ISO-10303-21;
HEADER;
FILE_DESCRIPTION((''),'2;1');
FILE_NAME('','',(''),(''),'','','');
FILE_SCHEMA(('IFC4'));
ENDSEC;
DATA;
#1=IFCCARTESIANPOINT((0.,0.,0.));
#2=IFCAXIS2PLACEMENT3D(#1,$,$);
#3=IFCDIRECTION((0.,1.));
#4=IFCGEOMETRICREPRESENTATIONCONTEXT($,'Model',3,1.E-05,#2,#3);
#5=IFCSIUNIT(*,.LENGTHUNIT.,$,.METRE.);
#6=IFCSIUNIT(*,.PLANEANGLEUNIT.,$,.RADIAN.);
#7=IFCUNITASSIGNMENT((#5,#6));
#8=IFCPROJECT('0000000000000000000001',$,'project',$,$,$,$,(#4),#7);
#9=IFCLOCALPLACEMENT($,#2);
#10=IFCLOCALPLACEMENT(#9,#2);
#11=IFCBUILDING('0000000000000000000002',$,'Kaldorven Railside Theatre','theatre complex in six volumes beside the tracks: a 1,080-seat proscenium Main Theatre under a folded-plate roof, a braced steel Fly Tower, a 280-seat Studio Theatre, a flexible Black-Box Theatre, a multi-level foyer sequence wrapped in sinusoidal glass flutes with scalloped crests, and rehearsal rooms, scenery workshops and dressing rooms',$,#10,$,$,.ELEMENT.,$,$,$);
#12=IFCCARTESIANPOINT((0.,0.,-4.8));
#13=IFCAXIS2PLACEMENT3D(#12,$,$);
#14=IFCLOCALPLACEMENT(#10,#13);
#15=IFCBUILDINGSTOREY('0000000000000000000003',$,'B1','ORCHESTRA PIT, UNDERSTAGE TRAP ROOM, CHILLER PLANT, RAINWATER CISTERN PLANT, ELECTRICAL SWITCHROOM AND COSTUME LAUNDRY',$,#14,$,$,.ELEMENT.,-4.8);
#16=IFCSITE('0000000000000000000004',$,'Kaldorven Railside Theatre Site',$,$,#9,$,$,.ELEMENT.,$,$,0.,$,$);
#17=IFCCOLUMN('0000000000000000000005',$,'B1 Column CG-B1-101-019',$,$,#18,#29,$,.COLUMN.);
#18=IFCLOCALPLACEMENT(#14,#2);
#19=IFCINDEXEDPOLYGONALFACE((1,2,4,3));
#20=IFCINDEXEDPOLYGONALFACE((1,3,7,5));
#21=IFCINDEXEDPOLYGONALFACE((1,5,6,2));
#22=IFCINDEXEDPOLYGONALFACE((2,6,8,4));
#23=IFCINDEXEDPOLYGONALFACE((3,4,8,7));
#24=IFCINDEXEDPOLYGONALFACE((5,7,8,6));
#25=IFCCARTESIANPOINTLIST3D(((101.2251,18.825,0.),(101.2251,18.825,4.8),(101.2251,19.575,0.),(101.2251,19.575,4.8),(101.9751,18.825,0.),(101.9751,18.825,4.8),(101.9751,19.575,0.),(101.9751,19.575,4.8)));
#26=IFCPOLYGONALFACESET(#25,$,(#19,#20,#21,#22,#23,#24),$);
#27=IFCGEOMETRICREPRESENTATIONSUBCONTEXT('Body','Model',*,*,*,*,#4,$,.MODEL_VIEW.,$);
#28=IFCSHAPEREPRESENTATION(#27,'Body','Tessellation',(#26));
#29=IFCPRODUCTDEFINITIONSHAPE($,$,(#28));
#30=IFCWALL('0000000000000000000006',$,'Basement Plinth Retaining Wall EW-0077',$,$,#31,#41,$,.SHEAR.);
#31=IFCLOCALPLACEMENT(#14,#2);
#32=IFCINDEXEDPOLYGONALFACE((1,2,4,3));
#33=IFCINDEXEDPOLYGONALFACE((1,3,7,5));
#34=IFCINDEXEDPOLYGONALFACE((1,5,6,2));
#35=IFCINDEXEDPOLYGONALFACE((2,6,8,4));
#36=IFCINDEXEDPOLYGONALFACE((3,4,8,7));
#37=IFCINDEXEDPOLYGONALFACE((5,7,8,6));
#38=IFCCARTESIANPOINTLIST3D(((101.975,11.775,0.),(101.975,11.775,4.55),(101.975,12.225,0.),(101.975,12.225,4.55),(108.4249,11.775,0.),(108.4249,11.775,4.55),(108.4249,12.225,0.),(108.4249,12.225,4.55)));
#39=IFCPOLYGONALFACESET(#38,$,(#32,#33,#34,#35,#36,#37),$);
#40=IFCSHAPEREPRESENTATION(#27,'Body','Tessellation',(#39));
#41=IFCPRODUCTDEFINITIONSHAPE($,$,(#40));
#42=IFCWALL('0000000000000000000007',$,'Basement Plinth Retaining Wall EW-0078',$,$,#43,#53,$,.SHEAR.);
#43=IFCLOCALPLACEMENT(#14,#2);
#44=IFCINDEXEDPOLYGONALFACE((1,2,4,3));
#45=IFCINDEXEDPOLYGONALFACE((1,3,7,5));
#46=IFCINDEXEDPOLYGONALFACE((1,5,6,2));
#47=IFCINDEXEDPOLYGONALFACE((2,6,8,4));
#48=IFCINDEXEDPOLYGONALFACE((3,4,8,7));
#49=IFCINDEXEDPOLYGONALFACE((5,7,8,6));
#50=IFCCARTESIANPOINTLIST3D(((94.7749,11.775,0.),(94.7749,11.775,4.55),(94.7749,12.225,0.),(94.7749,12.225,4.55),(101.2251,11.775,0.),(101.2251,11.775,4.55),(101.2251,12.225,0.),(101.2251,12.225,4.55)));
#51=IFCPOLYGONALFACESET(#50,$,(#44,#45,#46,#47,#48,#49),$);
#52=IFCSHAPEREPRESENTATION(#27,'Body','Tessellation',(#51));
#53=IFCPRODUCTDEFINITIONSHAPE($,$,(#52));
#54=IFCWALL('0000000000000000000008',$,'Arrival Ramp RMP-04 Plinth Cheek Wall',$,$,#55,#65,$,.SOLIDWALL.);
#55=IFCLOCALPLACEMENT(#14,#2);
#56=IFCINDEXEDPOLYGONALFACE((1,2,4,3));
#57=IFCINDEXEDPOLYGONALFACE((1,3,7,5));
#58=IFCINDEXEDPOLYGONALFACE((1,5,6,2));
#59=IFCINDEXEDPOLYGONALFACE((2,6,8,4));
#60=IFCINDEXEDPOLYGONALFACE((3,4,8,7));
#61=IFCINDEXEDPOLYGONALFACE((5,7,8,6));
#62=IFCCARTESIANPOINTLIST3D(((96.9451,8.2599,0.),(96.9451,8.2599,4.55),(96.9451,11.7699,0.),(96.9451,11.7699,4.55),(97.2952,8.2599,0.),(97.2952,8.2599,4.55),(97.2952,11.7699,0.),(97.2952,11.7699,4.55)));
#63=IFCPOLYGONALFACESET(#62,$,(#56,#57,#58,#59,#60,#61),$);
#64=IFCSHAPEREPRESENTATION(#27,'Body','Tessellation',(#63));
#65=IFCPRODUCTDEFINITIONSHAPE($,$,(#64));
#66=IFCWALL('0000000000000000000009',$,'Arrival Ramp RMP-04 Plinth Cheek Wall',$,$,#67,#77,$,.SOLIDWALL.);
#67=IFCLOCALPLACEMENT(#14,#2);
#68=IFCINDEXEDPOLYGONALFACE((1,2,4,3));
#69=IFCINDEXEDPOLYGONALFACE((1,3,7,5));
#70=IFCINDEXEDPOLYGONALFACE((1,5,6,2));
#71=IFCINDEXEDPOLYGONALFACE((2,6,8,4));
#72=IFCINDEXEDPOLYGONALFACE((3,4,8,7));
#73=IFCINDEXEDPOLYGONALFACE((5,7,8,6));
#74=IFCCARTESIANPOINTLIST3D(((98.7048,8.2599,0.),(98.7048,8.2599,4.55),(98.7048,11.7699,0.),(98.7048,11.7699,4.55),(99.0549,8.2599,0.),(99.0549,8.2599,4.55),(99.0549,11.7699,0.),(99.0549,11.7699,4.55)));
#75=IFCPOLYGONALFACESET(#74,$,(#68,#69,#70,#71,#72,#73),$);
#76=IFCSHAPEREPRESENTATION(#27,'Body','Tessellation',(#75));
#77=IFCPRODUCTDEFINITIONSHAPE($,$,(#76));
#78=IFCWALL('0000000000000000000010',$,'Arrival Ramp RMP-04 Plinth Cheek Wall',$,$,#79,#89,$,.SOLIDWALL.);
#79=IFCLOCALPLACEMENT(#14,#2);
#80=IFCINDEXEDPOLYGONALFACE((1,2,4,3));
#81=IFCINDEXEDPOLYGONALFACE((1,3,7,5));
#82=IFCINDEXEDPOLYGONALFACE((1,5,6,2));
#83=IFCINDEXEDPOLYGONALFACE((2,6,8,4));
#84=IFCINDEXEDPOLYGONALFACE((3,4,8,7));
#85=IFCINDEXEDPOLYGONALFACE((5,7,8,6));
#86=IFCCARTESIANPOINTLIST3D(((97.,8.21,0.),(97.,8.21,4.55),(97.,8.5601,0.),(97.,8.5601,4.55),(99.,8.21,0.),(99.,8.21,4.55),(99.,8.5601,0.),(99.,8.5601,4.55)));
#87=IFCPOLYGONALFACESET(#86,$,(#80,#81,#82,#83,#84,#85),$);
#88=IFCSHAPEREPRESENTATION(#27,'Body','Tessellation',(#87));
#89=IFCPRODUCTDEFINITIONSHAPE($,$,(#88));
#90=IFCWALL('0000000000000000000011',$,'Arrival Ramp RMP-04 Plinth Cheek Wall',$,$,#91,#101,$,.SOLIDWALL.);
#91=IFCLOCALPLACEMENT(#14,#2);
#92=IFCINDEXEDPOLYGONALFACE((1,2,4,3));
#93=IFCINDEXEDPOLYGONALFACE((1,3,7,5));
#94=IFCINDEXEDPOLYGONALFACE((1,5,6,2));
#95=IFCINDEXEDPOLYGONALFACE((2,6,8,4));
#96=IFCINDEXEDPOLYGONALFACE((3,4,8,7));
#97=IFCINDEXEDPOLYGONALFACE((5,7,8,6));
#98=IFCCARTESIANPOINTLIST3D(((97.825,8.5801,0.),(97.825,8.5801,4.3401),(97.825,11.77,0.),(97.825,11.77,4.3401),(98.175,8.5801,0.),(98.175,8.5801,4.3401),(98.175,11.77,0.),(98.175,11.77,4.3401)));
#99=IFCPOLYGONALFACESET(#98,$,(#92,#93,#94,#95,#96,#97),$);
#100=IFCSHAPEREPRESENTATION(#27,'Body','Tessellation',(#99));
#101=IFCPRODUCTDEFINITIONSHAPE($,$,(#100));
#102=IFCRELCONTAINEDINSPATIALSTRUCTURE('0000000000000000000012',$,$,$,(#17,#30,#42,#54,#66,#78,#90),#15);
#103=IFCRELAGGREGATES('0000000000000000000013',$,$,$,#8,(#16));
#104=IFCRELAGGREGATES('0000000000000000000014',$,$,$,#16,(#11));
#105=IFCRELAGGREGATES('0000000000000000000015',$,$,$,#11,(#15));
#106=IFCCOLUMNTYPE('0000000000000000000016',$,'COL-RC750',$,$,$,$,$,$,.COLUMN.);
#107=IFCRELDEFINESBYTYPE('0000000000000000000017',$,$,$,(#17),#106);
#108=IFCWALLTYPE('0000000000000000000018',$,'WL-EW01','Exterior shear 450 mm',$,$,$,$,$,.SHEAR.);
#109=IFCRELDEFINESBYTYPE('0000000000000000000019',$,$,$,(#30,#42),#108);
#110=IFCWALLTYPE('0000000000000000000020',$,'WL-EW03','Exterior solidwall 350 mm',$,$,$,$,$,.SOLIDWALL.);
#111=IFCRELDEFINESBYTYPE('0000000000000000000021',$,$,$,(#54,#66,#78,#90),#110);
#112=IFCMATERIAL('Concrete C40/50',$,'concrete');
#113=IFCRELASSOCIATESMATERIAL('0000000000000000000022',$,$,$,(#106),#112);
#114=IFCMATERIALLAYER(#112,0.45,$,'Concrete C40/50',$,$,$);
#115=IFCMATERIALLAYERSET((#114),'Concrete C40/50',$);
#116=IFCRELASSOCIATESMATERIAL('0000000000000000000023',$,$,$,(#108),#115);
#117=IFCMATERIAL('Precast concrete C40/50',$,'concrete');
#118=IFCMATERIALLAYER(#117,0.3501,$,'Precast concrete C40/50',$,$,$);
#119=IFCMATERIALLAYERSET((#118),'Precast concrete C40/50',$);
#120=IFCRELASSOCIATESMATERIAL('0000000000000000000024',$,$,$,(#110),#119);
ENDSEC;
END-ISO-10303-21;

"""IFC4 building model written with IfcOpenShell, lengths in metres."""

from ifc_helpers import new_model, si_unit, direction, frame, frame_2d, origin, origin_2d, place, context, subcontext, project, spatial, rectangle, extrude, material, layer, layer_set, material_profile, profile_set, type_object, element, save


model = new_model("IFC4")

# Units and contexts
model_context = context("Model", 3, precision=1e-05, world=origin(), true_north=direction((0.0, 1.0)))
body_context = subcontext(model_context, "Body", "Model", "MODEL_VIEW")
ifc_project = project(units=[si_unit("LENGTHUNIT", "METRE"), si_unit("PLANEANGLEUNIT", "RADIAN")], contexts=[model_context])

# Site, building, storey
site_placement = place(None, origin())
site = spatial("IfcSite", under=ifc_project, at=site_placement, Name="Kaldorven Railside Theatre Site", CompositionType="ELEMENT", RefElevation=0.0)
building_placement = place(site_placement, origin())
building = spatial("IfcBuilding", under=site, at=building_placement, Name="Kaldorven Railside Theatre", Description="theatre complex in six volumes beside the tracks: a 1,080-seat proscenium Main Theatre under a folded-plate roof, a braced steel Fly Tower, a 280-seat Studio Theatre, a flexible Black-Box Theatre, a multi-level foyer sequence wrapped in sinusoidal glass flutes with scalloped crests, and rehearsal rooms, scenery workshops and dressing rooms", CompositionType="ELEMENT")
storey_placement = place(building_placement, frame((0.0, 0.0, -4.8)))
storey = spatial("IfcBuildingStorey", under=building, at=storey_placement, Name="B1", Description="ORCHESTRA PIT, UNDERSTAGE TRAP ROOM, CHILLER PLANT, RAINWATER CISTERN PLANT, ELECTRICAL SWITCHROOM AND COSTUME LAUNDRY", CompositionType="ELEMENT", Elevation=-4.8)

# Shared definitions
ifc_material_1 = material(Name="Concrete C40/50", Category="concrete")

# Column
ifc_material_profile_1 = material_profile(ifc_material_1, rectangle(XDim=0.75, YDim=0.75, at=origin_2d()), Name="RC 750x750")
ifc_profile_set_1 = profile_set([ifc_material_profile_1], Name="Concrete C40/50")
column_type_1 = type_object("IfcColumnType", Name="COL-RC750", PredefinedType="COLUMN", material=ifc_profile_set_1)
column_1_placement = place(storey_placement, frame((101.6001, 19.2, 0.0), z_axis=(0.0, 0.0, 1.0), x_axis=(1.0, 0.0, 0.0)))
element("IfcColumn", 1, at=column_1_placement, inside=storey, type_object=column_type_1, Name="B1 Column CG-B1-101-019", PredefinedType="COLUMN", context=body_context, shape_type="SweptSolid", body=[
    extrude(rectangle(XDim=0.75, YDim=0.75, at=origin_2d()), origin(), (0.0, 0.0, 1.0), 4.8),
])

# Walls
ifc_layer_1 = layer(ifc_material_1, 0.45, Name="Concrete C40/50")
ifc_layer_set_1 = layer_set([ifc_layer_1], Name="Concrete C40/50")
wall_type_1 = type_object("IfcWallType", Name="WL-EW01", Description="Exterior shear 450 mm", PredefinedType="SHEAR", material=ifc_layer_set_1)
wall_1_placement = place(storey_placement, frame((108.425, 12.0, 0.0), z_axis=(0.0, 0.0, 1.0), x_axis=(-1.0, 0.0, 0.0)))
element("IfcWall", 2, at=wall_1_placement, inside=storey, type_object=wall_type_1, Name="Basement Plinth Retaining Wall EW-0077", PredefinedType="SHEAR", context=body_context, shape_type="SweptSolid", body=[
    extrude(rectangle(XDim=6.45, YDim=0.45, at=frame_2d((3.2251, 0.0))), origin(), (0.0, 0.0, 1.0), 4.55),
])
wall_2_placement = place(storey_placement, frame((101.2251, 12.0, 0.0), z_axis=(0.0, 0.0, 1.0), x_axis=(-1.0, 0.0, 0.0)))
element("IfcWall", 3, at=wall_2_placement, inside=storey, type_object=wall_type_1, Name="Basement Plinth Retaining Wall EW-0078", PredefinedType="SHEAR", context=body_context, shape_type="SweptSolid", body=[
    extrude(rectangle(XDim=6.4502, YDim=0.45, at=frame_2d((3.2251, 0.0))), origin(), (0.0, 0.0, 1.0), 4.55),
])
ifc_material_2 = material(Name="Precast concrete C40/50", Category="concrete")
ifc_layer_2 = layer(ifc_material_2, 0.3501, Name="Precast concrete C40/50")
ifc_layer_set_2 = layer_set([ifc_layer_2], Name="Precast concrete C40/50")
wall_type_2 = type_object("IfcWallType", Name="WL-EW03", Description="Exterior solidwall 350 mm", PredefinedType="SOLIDWALL", material=ifc_layer_set_2)
for number, where, z_axis, x_axis, name in (
    (4, (97.1201, 8.26, 0.0), (0.0, 0.0, 1.0), (0.0, 1.0, 0.0), "Arrival Ramp RMP-04 Plinth Cheek Wall"),
    (5, (98.8799, 8.26, 0.0), (0.0, 0.0, 1.0), (0.0, 1.0, 0.0), "Arrival Ramp RMP-04 Plinth Cheek Wall"),
):
    element("IfcWall", number, at=place(storey_placement, frame(where, z_axis=z_axis, x_axis=x_axis)), inside=storey, type_object=wall_type_2, Name=name, PredefinedType="SOLIDWALL", context=body_context, shape_type="SweptSolid", body=[
        extrude(rectangle(XDim=3.51, YDim=0.3501, at=frame_2d((1.7549, 0.0))), origin(), (0.0, 0.0, 1.0), 4.55),
    ])
wall_3_placement = place(storey_placement, frame((97.0, 8.385, 0.0), z_axis=(0.0, 0.0, 1.0), x_axis=(1.0, 0.0, 0.0)))
element("IfcWall", 6, at=wall_3_placement, inside=storey, type_object=wall_type_2, Name="Arrival Ramp RMP-04 Plinth Cheek Wall", PredefinedType="SOLIDWALL", context=body_context, shape_type="SweptSolid", body=[
    extrude(rectangle(XDim=2.0, YDim=0.3501, at=frame_2d((1.0, 0.0))), origin(), (0.0, 0.0, 1.0), 4.55),
])
wall_4_placement = place(storey_placement, frame((98.0, 8.5801, 0.0), z_axis=(0.0, 0.0, 1.0), x_axis=(0.0, 1.0, 0.0)))
element("IfcWall", 7, at=wall_4_placement, inside=storey, type_object=wall_type_2, Name="Arrival Ramp RMP-04 Plinth Cheek Wall", PredefinedType="SOLIDWALL", context=body_context, shape_type="SweptSolid", body=[
    extrude(rectangle(XDim=3.1899, YDim=0.3501, at=frame_2d((1.595, 0.0))), origin(), (0.0, 0.0, 1.0), 4.3401),
])

save(model, "model.ifc")
